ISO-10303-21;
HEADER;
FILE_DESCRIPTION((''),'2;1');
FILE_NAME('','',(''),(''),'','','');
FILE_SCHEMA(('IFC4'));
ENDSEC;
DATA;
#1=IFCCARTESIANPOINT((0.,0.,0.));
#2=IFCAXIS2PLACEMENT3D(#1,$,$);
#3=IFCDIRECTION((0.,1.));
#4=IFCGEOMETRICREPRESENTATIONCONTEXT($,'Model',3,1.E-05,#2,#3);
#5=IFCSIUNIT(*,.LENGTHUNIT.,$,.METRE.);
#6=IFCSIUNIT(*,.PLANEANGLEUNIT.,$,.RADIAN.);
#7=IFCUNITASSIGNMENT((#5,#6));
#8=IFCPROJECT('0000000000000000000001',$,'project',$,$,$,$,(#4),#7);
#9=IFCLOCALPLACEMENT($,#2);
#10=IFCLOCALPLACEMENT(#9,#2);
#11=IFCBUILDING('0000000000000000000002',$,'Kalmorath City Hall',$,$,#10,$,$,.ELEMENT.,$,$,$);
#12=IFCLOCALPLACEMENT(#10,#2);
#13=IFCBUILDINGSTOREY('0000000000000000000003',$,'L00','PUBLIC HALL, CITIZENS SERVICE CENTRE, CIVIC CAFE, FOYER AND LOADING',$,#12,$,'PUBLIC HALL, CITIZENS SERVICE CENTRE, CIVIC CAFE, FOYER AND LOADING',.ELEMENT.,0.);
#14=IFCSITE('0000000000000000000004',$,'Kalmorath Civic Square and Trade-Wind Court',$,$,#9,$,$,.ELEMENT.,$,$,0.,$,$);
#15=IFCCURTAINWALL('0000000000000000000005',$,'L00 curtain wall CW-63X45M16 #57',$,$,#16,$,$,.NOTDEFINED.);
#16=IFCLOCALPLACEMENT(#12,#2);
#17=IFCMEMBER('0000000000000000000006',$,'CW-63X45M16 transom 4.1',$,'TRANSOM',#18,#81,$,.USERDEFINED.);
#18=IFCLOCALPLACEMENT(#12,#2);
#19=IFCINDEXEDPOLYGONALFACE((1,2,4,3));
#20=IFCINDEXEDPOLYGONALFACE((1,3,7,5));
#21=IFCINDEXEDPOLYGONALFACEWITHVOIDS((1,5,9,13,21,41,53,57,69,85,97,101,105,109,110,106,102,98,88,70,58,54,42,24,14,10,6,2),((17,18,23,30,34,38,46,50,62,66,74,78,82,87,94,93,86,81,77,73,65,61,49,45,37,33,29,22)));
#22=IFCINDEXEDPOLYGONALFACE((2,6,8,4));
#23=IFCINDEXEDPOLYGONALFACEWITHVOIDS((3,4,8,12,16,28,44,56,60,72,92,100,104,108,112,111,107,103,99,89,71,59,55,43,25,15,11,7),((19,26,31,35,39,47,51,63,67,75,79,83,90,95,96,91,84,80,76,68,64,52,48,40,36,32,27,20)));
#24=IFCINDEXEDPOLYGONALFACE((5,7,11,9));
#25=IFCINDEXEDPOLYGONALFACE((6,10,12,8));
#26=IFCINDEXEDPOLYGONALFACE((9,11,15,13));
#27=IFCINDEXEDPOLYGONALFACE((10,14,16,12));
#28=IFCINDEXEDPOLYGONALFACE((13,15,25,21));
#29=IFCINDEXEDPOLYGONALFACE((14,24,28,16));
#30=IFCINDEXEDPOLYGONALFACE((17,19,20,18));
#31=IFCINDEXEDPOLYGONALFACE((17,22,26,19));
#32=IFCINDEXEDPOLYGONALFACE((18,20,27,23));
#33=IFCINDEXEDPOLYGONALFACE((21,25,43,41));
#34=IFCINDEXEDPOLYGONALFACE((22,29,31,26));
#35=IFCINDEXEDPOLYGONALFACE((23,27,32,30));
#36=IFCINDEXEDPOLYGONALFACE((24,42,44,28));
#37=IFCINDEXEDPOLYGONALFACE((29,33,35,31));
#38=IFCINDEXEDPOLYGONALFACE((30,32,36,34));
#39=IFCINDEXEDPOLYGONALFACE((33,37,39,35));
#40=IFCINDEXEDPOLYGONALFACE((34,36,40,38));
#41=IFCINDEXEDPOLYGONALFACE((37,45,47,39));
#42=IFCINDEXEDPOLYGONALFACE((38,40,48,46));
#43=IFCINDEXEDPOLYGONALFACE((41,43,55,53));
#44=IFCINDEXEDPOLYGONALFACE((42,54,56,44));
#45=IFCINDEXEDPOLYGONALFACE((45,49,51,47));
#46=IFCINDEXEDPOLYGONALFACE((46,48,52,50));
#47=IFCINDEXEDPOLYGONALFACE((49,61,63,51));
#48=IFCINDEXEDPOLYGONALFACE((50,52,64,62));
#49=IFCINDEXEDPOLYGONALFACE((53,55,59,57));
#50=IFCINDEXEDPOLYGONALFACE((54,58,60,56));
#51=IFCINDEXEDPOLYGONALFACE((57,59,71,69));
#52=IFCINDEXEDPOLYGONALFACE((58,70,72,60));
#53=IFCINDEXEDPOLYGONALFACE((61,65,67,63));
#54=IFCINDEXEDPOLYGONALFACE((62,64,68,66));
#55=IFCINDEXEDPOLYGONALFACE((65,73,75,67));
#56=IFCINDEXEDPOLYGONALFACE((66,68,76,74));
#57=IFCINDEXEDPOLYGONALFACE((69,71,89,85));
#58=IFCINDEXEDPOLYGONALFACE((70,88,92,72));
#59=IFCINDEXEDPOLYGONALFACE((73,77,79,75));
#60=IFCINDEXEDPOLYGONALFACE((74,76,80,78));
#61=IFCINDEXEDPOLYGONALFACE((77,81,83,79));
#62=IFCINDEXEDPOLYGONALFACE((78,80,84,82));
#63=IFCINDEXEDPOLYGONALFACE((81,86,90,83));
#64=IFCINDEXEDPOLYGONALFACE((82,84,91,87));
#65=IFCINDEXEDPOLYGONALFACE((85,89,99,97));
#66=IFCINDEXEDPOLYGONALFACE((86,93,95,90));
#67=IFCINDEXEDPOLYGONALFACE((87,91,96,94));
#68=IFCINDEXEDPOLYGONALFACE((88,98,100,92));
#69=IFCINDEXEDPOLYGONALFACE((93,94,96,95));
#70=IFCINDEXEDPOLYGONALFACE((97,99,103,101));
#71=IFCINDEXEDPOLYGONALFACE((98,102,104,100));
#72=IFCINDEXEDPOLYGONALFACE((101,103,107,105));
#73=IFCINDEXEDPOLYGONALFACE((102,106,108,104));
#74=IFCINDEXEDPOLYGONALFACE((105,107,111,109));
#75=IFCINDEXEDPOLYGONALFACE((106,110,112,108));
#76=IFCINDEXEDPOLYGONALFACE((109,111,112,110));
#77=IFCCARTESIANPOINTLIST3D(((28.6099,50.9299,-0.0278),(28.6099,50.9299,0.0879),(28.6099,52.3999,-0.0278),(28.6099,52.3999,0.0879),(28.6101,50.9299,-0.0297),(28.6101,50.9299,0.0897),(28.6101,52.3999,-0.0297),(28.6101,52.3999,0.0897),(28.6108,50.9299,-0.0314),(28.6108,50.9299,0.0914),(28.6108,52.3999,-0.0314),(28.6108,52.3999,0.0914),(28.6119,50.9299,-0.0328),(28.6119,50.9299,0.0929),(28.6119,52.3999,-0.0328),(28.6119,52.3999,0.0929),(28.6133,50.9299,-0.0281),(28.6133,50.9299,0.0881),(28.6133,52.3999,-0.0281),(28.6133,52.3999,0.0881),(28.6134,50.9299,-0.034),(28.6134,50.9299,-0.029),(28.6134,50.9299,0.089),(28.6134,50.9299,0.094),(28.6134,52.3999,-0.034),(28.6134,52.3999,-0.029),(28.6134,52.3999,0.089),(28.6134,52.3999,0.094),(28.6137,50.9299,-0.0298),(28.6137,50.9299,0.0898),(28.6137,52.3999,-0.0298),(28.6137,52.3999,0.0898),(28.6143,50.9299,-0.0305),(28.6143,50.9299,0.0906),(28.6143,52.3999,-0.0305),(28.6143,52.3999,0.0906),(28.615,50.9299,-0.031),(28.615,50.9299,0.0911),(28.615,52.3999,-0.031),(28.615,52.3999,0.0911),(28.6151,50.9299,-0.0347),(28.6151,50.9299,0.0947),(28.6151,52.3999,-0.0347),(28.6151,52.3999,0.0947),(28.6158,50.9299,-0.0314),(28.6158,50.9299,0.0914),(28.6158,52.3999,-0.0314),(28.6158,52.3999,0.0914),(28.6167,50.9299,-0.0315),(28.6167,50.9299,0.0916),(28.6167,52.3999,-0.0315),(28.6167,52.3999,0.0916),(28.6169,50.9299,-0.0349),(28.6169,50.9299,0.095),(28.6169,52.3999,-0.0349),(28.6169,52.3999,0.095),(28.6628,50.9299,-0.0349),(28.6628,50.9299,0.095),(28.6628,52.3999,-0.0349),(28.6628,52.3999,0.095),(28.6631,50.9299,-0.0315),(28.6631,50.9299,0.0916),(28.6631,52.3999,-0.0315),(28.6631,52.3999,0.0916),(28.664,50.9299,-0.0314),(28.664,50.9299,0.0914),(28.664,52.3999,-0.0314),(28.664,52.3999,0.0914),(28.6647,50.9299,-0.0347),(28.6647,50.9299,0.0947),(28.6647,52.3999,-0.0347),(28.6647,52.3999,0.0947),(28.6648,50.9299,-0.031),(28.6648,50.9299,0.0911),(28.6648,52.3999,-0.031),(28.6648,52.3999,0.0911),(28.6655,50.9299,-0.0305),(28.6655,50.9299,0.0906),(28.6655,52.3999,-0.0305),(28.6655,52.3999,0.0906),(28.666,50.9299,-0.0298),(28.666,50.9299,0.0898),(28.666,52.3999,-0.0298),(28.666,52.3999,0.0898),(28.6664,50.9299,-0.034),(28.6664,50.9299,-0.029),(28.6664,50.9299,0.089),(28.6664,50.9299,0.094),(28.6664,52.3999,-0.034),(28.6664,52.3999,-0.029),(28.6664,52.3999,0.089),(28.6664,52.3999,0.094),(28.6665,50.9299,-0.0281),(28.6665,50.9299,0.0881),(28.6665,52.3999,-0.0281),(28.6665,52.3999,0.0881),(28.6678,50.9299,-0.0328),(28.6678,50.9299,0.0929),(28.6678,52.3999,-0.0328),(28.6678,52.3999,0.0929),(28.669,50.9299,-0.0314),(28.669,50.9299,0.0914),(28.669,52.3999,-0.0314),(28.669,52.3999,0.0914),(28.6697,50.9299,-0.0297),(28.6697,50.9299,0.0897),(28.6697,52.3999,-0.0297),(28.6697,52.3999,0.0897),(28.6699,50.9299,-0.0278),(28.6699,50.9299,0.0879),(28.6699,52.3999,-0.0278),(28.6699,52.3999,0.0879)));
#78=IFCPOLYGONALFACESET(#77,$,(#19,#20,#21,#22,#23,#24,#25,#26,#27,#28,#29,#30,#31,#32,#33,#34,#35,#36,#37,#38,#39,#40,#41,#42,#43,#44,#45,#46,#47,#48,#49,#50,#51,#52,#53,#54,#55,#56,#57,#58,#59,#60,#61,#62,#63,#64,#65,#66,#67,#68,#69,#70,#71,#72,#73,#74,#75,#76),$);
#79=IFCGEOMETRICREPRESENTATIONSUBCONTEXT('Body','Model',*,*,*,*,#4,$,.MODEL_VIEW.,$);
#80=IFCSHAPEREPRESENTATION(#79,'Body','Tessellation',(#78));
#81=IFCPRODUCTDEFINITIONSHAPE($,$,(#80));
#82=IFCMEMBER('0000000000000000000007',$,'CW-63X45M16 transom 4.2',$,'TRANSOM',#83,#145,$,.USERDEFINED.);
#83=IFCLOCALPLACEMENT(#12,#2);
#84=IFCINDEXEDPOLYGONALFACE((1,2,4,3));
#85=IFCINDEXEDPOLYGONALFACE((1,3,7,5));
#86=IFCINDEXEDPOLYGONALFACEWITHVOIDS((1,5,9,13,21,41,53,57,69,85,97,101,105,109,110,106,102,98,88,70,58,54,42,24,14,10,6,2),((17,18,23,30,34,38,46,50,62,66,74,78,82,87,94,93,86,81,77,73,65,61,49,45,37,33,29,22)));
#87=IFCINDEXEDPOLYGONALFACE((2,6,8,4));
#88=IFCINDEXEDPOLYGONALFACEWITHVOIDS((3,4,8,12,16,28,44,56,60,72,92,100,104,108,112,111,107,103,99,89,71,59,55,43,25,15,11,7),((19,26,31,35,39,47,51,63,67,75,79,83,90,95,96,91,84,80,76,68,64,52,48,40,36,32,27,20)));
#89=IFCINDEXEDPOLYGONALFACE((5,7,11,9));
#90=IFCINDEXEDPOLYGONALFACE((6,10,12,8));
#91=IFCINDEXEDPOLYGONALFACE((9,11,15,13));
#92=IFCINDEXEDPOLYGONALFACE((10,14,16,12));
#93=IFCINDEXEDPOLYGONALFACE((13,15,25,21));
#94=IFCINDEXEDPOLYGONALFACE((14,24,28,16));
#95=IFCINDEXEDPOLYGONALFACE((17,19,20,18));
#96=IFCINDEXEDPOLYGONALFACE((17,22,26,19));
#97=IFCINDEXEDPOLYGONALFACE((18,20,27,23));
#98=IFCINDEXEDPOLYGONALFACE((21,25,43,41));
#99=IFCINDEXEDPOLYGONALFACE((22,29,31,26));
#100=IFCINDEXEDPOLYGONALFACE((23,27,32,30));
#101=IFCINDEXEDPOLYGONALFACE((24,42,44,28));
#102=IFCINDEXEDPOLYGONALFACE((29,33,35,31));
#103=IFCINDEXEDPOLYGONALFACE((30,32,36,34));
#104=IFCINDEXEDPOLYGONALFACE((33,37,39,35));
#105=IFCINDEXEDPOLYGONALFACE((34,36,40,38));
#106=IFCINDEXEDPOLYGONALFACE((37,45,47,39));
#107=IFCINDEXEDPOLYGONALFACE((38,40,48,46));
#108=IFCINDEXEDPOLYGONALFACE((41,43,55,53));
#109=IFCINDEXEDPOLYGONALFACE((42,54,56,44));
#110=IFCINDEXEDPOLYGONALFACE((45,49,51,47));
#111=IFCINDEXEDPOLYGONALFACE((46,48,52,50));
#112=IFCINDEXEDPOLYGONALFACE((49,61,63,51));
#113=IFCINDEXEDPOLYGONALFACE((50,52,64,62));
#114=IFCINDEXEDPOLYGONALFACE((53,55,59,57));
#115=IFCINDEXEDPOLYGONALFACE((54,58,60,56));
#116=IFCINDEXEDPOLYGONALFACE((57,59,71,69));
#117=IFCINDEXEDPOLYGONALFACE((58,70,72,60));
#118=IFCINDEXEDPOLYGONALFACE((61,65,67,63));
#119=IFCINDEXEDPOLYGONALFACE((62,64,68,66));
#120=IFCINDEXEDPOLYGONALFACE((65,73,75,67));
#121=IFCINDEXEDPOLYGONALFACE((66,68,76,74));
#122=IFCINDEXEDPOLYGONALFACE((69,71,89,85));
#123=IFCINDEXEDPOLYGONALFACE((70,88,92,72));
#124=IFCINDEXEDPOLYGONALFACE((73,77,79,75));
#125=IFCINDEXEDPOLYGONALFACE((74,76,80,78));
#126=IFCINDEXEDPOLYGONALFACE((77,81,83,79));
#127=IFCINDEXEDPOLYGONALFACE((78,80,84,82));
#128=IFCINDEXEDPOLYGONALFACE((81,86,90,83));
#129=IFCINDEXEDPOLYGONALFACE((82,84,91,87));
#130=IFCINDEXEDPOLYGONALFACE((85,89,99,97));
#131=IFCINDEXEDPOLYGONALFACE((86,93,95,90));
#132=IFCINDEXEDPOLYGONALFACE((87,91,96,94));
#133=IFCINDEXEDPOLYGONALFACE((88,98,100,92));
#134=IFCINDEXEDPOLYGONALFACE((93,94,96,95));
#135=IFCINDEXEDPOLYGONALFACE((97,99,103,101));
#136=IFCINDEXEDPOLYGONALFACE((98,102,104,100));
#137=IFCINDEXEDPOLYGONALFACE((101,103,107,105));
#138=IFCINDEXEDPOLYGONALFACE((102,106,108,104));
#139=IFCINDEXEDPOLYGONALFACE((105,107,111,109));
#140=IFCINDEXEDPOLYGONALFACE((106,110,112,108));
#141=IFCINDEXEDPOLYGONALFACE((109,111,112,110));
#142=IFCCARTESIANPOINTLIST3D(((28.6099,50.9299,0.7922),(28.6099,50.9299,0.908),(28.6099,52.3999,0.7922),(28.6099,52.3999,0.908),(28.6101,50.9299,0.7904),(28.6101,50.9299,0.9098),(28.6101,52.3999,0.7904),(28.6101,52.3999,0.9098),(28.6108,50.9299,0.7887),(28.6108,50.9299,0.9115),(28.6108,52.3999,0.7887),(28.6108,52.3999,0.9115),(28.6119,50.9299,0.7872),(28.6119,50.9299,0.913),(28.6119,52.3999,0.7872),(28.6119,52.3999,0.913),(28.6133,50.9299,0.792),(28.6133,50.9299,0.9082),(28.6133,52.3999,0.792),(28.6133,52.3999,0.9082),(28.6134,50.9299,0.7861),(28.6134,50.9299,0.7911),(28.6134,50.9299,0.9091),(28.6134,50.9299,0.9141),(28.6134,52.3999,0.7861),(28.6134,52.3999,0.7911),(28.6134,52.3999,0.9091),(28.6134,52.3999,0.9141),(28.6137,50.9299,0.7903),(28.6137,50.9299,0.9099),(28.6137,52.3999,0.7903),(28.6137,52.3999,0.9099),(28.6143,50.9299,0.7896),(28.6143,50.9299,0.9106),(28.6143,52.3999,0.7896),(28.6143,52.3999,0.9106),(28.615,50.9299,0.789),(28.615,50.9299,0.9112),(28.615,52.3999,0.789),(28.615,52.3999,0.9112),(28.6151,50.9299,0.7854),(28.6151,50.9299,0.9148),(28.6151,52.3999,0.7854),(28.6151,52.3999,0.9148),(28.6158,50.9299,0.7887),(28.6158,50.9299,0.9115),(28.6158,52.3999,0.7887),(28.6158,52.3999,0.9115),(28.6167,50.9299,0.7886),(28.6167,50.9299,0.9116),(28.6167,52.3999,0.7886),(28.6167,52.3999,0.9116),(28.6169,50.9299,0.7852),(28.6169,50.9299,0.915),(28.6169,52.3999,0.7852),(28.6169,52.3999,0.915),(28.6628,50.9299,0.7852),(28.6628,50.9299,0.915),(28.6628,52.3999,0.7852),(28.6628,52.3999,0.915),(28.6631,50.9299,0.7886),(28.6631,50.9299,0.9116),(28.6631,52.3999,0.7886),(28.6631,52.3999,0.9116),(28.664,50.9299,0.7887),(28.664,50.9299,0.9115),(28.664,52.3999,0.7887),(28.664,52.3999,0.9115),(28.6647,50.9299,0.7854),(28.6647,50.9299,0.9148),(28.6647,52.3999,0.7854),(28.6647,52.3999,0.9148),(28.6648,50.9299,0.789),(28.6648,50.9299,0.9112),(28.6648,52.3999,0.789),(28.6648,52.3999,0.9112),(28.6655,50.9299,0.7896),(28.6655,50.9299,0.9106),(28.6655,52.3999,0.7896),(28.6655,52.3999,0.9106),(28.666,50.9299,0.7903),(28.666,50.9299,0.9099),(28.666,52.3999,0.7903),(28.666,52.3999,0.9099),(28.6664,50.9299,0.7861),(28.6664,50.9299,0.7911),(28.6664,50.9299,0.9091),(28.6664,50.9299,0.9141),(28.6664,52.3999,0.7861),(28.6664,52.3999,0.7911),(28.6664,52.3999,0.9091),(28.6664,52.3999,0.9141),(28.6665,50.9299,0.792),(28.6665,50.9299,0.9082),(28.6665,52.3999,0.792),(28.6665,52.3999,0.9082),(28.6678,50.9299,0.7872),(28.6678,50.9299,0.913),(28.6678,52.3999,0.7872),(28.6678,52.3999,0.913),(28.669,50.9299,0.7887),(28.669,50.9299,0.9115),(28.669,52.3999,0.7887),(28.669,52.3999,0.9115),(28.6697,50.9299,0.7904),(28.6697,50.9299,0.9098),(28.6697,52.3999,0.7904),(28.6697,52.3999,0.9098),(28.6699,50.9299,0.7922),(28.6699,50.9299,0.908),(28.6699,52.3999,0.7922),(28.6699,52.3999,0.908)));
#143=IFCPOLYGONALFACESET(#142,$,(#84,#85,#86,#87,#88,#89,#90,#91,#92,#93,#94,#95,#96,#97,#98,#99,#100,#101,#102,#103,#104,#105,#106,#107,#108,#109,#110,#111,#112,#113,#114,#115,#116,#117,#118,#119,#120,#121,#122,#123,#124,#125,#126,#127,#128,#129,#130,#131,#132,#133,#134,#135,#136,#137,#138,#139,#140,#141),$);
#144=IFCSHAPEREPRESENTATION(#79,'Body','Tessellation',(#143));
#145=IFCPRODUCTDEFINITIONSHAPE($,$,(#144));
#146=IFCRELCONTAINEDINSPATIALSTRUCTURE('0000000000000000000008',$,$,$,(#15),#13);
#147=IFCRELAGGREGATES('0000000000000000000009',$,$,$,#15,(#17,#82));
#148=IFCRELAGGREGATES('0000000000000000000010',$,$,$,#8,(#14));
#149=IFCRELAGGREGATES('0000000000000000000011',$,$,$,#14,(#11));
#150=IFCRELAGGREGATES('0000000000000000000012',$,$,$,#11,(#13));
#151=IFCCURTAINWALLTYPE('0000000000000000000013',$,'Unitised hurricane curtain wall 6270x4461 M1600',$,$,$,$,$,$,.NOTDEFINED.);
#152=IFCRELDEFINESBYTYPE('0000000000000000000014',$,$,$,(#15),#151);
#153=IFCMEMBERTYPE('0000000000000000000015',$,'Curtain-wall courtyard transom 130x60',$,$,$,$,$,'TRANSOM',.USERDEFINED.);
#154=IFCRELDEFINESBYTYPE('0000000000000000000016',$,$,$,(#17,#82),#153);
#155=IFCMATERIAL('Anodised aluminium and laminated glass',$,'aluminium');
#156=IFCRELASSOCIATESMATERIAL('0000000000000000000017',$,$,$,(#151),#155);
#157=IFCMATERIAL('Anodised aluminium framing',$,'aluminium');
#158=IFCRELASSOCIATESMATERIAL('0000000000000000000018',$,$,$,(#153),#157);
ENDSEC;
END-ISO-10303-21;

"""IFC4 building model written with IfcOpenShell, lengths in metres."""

from ifc_helpers import new_model, si_unit, direction, frame, origin, origin_2d, place, context, subcontext, project, spatial, hollow_rectangle, extrude, material, material_profile, profile_set, type_object, element, aggregate, save


model = new_model("IFC4")

# Units and contexts
model_context = context("Model", 3, precision=1e-05, world=origin(), true_north=direction((0.0, 1.0)))
body_context = subcontext(model_context, "Body", "Model", "MODEL_VIEW")
ifc_project = project(units=[si_unit("LENGTHUNIT", "METRE"), si_unit("PLANEANGLEUNIT", "RADIAN")], contexts=[model_context])

# Site, building, storey
site_placement = place(None, origin())
site = spatial("IfcSite", under=ifc_project, at=site_placement, Name="Kalmorath Civic Square and Trade-Wind Court", CompositionType="ELEMENT", RefElevation=0.0)
building_placement = place(site_placement, origin())
building = spatial("IfcBuilding", under=site, at=building_placement, Name="Kalmorath City Hall", CompositionType="ELEMENT")
storey_placement = place(building_placement, origin())
storey = spatial("IfcBuildingStorey", under=building, at=storey_placement, Name="L00", Description="PUBLIC HALL, CITIZENS SERVICE CENTRE, CIVIC CAFE, FOYER AND LOADING", LongName="PUBLIC HALL, CITIZENS SERVICE CENTRE, CIVIC CAFE, FOYER AND LOADING", CompositionType="ELEMENT", Elevation=0.0)

# Curtain wall, members
ifc_material_1 = material(Name="Anodised aluminium and laminated glass", Category="aluminium")
curtain_wall_type = type_object("IfcCurtainWallType", Name="Unitised hurricane curtain wall 6270x4461 M1600", PredefinedType="NOTDEFINED", material=ifc_material_1)
curtain_wall_placement = place(storey_placement, origin())
curtain_wall = element("IfcCurtainWall", 1, at=curtain_wall_placement, inside=storey, type_object=curtain_wall_type, Name="L00 curtain wall CW-63X45M16 #57", PredefinedType="NOTDEFINED")
ifc_material_2 = material(Name="Anodised aluminium framing", Category="aluminium")
ifc_material_profile_1 = material_profile(ifc_material_2, hollow_rectangle(XDim=0.0601, YDim=0.1299, WallThickness=0.0034, InnerFilletRadius=0.0034, OuterFilletRadius=0.0071, at=origin_2d()), Name="ALU-TRN-130X60X3.5")
ifc_profile_set_1 = profile_set([ifc_material_profile_1], Name="Anodised aluminium framing")
member_type_1 = type_object("IfcMemberType", Name="Curtain-wall courtyard transom 130x60", ElementType="TRANSOM", PredefinedType="USERDEFINED", material=ifc_profile_set_1)
member_1_placement = place(storey_placement, frame((28.6399, 52.3999, 0.03), z_axis=(0.0, -1.0, 0.0), x_axis=(1.0, 0.0, 0.0)))
member_1 = element("IfcMember", 2, at=member_1_placement, type_object=member_type_1, Name="CW-63X45M16 transom 4.1", ObjectType="TRANSOM", PredefinedType="USERDEFINED", context=body_context, shape_type="SweptSolid", body=[
    extrude(hollow_rectangle(XDim=0.0601, YDim=0.1299, WallThickness=0.0034, InnerFilletRadius=0.0034, OuterFilletRadius=0.0071, at=origin_2d()), origin(), (0.0, 0.0, 1.0), 1.47),
])
member_2_placement = place(storey_placement, frame((28.6399, 52.3999, 0.8501), z_axis=(0.0, -1.0, 0.0), x_axis=(1.0, 0.0, 0.0)))
member_2 = element("IfcMember", 3, at=member_2_placement, type_object=member_type_1, Name="CW-63X45M16 transom 4.2", ObjectType="TRANSOM", PredefinedType="USERDEFINED", context=body_context, shape_type="SweptSolid", body=[
    extrude(hollow_rectangle(XDim=0.0601, YDim=0.1299, WallThickness=0.0034, InnerFilletRadius=0.0034, OuterFilletRadius=0.0071, at=origin_2d()), origin(), (0.0, 0.0, 1.0), 1.47),
])

aggregate(curtain_wall, [member_1, member_2])

save(model, "model.ifc")
